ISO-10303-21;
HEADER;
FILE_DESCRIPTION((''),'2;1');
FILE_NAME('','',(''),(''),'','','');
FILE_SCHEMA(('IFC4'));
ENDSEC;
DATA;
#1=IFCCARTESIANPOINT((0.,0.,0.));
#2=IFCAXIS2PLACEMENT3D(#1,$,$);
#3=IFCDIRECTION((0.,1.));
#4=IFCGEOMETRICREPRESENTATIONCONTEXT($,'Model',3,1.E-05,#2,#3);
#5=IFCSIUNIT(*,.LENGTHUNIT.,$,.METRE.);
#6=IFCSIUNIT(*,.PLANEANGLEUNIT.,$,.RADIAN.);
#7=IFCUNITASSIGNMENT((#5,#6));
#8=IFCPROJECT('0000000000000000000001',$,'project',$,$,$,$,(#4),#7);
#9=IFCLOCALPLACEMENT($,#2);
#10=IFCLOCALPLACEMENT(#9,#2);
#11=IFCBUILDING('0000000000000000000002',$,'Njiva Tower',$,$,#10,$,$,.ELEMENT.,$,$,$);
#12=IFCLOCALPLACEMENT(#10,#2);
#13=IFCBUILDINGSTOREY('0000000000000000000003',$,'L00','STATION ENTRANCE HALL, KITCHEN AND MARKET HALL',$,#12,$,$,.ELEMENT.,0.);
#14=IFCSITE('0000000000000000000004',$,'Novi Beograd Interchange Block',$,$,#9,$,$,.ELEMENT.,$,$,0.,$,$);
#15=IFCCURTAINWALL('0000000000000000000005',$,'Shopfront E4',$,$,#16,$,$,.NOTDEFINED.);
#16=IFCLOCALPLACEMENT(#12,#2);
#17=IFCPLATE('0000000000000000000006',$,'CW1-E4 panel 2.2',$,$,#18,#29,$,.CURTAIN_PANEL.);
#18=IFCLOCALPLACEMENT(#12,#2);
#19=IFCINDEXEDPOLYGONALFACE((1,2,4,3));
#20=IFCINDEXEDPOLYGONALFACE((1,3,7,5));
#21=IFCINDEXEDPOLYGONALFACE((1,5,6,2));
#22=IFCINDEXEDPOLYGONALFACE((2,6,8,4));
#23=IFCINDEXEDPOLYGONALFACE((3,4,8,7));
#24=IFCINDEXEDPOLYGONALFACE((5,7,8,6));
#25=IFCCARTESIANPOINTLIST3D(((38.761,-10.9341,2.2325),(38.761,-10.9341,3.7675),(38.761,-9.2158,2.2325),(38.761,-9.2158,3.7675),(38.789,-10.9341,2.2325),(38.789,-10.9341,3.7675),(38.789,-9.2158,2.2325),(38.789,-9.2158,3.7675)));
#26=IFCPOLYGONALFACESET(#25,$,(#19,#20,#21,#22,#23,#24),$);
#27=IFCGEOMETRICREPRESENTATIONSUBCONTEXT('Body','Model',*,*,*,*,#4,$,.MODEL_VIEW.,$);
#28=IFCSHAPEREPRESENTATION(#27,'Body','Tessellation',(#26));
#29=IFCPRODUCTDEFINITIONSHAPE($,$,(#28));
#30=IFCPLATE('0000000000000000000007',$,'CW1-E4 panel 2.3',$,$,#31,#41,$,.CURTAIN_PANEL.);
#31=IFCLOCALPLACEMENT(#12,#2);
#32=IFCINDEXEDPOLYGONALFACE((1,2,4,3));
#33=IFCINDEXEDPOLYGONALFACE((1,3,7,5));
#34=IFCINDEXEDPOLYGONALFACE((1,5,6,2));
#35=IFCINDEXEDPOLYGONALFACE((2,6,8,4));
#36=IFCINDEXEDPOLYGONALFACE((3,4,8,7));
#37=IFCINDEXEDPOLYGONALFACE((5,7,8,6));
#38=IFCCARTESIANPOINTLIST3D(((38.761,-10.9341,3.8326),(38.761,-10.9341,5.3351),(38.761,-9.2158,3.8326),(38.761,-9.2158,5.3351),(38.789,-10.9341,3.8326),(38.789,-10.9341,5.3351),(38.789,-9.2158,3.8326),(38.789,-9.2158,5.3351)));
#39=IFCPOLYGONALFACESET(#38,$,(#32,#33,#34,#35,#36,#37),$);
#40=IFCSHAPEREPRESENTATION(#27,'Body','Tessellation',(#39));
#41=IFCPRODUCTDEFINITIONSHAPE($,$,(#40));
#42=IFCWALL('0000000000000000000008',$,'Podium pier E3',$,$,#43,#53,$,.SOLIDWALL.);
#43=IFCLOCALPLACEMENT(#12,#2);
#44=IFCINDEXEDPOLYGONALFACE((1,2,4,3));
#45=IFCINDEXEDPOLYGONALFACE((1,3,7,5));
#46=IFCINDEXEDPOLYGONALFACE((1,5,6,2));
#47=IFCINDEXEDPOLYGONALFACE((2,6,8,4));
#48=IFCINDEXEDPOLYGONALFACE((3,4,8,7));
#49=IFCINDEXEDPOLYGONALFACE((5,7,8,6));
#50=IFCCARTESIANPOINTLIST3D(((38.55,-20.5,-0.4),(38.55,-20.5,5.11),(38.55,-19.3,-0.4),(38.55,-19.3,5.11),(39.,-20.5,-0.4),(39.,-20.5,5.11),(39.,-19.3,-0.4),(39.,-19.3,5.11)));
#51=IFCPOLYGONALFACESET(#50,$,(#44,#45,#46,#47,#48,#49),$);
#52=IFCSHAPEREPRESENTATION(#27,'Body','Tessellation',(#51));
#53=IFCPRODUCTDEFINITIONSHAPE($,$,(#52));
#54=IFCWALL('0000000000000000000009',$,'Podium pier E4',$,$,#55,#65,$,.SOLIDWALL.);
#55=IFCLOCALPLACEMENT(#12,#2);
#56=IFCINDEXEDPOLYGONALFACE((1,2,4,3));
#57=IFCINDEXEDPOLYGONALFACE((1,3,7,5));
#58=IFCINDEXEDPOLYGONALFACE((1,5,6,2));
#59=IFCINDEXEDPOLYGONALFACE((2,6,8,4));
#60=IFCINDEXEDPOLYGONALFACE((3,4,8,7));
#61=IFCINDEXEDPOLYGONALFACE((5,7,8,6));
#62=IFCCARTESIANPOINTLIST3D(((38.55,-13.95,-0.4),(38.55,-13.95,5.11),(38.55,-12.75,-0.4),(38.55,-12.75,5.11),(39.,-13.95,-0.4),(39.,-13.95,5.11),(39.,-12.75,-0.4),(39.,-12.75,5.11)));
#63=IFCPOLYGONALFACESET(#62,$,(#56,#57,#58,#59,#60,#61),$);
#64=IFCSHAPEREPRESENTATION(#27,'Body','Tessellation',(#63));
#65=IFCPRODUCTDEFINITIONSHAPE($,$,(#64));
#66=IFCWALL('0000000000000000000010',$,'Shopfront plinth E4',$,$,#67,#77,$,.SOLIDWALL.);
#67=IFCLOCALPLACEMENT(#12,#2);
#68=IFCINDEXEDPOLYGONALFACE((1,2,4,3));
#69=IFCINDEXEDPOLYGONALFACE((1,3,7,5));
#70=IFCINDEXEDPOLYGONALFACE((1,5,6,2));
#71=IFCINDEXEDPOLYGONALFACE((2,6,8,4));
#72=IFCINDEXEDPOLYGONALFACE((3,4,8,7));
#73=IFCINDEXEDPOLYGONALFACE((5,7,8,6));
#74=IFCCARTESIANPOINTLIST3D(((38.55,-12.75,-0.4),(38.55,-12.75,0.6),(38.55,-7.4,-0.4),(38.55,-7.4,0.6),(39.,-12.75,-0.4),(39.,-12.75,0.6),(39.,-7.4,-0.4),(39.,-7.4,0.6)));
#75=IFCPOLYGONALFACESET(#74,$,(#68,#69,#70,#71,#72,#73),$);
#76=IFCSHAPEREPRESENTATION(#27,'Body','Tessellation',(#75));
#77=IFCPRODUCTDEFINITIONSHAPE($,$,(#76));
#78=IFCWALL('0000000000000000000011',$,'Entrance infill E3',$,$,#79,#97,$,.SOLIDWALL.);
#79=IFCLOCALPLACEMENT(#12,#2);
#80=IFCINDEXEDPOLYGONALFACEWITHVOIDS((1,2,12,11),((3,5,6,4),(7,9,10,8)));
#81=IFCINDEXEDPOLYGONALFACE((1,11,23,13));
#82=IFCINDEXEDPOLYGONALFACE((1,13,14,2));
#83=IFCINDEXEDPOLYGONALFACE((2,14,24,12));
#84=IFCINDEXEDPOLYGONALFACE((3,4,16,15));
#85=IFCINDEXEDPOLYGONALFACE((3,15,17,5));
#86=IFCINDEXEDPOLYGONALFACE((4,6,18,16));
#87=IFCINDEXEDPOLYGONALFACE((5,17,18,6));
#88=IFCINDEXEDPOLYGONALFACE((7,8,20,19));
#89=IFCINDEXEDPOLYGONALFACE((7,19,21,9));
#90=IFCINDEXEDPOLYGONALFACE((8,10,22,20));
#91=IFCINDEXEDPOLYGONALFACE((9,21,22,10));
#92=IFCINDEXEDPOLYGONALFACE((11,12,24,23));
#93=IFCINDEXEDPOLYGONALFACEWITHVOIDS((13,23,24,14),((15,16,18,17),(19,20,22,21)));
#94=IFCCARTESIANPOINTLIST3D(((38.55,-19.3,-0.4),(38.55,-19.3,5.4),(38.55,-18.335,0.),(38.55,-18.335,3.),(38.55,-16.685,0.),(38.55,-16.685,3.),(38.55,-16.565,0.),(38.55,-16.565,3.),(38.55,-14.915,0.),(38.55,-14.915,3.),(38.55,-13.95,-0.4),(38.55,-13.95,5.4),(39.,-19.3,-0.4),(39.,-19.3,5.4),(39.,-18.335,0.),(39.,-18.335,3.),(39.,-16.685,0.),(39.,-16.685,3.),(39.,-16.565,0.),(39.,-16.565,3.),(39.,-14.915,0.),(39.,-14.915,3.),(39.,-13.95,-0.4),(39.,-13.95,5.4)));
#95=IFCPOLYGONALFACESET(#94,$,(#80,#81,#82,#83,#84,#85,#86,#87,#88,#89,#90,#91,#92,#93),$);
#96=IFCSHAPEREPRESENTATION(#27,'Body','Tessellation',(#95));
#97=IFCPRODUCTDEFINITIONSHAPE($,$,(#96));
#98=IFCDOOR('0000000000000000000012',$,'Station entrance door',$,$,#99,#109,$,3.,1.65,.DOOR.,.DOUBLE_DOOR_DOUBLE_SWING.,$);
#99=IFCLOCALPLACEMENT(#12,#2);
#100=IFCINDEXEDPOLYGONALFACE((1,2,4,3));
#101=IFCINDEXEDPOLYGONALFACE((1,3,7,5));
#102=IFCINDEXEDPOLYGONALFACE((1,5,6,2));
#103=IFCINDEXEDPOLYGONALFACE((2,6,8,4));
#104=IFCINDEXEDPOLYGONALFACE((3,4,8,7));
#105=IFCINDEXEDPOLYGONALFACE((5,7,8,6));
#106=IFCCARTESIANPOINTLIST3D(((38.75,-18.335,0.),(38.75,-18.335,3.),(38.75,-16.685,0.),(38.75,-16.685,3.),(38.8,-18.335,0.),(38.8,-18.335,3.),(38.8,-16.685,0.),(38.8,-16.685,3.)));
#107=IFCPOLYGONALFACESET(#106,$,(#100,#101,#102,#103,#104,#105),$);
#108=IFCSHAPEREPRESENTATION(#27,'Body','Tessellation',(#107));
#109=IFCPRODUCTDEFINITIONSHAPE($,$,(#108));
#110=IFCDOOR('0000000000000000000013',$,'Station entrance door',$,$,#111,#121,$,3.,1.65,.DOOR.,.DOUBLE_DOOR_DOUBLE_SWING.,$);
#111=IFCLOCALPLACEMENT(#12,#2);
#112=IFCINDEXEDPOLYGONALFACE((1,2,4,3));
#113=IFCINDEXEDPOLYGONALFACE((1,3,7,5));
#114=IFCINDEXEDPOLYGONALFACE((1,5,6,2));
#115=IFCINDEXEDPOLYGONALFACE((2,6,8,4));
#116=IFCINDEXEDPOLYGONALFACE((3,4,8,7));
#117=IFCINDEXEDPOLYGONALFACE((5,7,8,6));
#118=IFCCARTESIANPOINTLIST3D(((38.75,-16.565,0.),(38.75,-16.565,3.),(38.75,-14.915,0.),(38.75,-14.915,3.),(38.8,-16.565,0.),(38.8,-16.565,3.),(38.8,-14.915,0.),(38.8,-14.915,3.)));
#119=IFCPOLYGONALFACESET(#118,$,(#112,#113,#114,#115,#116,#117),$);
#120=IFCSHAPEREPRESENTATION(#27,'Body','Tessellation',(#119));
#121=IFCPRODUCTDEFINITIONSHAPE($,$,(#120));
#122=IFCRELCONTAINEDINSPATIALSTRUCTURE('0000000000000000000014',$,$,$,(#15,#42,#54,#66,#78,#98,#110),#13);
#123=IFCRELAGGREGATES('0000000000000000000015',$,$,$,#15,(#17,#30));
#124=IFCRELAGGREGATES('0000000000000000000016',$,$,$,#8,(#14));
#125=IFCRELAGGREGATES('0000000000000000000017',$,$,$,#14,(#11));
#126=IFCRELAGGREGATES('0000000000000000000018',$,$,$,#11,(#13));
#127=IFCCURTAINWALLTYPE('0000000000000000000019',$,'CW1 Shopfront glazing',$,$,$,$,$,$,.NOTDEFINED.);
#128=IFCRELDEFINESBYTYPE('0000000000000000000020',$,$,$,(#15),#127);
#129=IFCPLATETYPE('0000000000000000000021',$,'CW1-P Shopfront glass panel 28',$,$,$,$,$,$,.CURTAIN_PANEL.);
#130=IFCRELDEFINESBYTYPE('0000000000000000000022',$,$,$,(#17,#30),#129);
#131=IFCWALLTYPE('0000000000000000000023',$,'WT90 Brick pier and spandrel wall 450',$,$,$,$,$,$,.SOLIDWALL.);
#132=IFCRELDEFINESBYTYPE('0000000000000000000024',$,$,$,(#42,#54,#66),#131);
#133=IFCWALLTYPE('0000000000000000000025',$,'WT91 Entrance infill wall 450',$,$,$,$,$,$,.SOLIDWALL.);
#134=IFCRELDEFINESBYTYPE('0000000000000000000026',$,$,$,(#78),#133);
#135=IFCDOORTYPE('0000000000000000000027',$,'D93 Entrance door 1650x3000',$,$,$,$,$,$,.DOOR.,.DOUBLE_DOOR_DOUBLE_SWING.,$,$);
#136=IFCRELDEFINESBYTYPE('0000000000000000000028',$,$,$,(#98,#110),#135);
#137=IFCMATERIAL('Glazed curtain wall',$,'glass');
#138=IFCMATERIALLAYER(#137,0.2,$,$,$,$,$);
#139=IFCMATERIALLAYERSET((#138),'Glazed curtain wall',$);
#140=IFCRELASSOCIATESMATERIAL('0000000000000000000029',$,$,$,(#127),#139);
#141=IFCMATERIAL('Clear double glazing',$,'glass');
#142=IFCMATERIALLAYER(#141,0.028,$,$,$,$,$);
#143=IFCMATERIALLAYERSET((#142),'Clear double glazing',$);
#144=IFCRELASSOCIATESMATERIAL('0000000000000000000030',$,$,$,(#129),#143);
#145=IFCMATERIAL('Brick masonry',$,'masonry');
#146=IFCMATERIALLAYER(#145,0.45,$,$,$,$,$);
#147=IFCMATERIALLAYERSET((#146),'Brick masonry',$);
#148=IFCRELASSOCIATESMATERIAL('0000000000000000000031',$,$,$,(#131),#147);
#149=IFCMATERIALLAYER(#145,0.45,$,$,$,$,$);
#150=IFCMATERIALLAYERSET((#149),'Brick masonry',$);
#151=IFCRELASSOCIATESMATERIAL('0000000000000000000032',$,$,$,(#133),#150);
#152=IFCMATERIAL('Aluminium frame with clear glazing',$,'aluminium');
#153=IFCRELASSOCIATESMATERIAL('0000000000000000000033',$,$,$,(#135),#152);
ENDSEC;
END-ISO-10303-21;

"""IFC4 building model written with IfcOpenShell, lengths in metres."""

from ifc_helpers import new_model, si_unit, direction, frame, frame_2d, origin, origin_2d, place, context, subcontext, project, spatial, polyline, rectangle, outline, extrude, material, layer, layer_set, type_object, element, fill, aggregate, save


model = new_model("IFC4")

# Units and contexts
model_context = context("Model", 3, precision=1e-05, world=origin(), true_north=direction((0.0, 1.0)))
body_context = subcontext(model_context, "Body", "Model", "MODEL_VIEW")
ifc_project = project(units=[si_unit("LENGTHUNIT", "METRE"), si_unit("PLANEANGLEUNIT", "RADIAN")], contexts=[model_context])

# Site, building, storey
site_placement = place(None, origin())
site = spatial("IfcSite", under=ifc_project, at=site_placement, Name="Novi Beograd Interchange Block", CompositionType="ELEMENT", RefElevation=0.0)
building_placement = place(site_placement, origin())
building = spatial("IfcBuilding", under=site, at=building_placement, Name="Njiva Tower", CompositionType="ELEMENT")
storey_placement = place(building_placement, origin())
storey = spatial("IfcBuildingStorey", under=building, at=storey_placement, Name="L00", Description="STATION ENTRANCE HALL, KITCHEN AND MARKET HALL", CompositionType="ELEMENT", Elevation=0.0)

# Shared definitions
ifc_material_1 = material(Name="Glazed curtain wall", Category="glass")
ifc_layer_1 = layer(ifc_material_1, 0.2)
ifc_layer_set_1 = layer_set([ifc_layer_1], Name="Glazed curtain wall")
curtain_wall_type = type_object("IfcCurtainWallType", Name="CW1 Shopfront glazing", PredefinedType="NOTDEFINED", material=ifc_layer_set_1)

# Curtain wall, plates
curtain_wall_1_placement = place(storey_placement, origin())
curtain_wall_1 = element("IfcCurtainWall", 1, at=curtain_wall_1_placement, inside=storey, type_object=curtain_wall_type, Name="Shopfront E4", PredefinedType="NOTDEFINED")
ifc_material_2 = material(Name="Clear double glazing", Category="glass")
ifc_layer_2 = layer(ifc_material_2, 0.028)
ifc_layer_set_2 = layer_set([ifc_layer_2], Name="Clear double glazing")
plate_type = type_object("IfcPlateType", Name="CW1-P Shopfront glass panel 28", PredefinedType="CURTAIN_PANEL", material=ifc_layer_set_2)
plate_1_placement = place(storey_placement, frame((38.775, -10.075, 2.2325), z_axis=(0.0, 0.0, 1.0), x_axis=(0.0, 1.0, 0.0)))
plate_1 = element("IfcPlate", 2, at=plate_1_placement, type_object=plate_type, Name="CW1-E4 panel 2.2", PredefinedType="CURTAIN_PANEL", context=body_context, shape_type="SweptSolid", body=[
    extrude(rectangle(XDim=1.7183, YDim=0.028, at=origin_2d()), origin(), (0.0, 0.0, 1.0), 1.535),
])
plate_2_placement = place(storey_placement, frame((38.775, -10.075, 3.8326), z_axis=(0.0, 0.0, 1.0), x_axis=(0.0, 1.0, 0.0)))
plate_2 = element("IfcPlate", 3, at=plate_2_placement, type_object=plate_type, Name="CW1-E4 panel 2.3", PredefinedType="CURTAIN_PANEL", context=body_context, shape_type="SweptSolid", body=[
    extrude(rectangle(XDim=1.7183, YDim=0.028, at=origin_2d()), origin(), (0.0, 0.0, 1.0), 1.5025),
])
aggregate(curtain_wall_1, [plate_1, plate_2])

# Walls
ifc_material_3 = material(Name="Brick masonry", Category="masonry")
ifc_layer_3 = layer(ifc_material_3, 0.45)
ifc_layer_set_3 = layer_set([ifc_layer_3], Name="Brick masonry")
wall_type_1 = type_object("IfcWallType", Name="WT90 Brick pier and spandrel wall 450", PredefinedType="SOLIDWALL", material=ifc_layer_set_3)
for number, where, z_axis, x_axis, name in (
    (4, (38.775, -20.5, -0.4), (0.0, 0.0, 1.0), (0.0, 1.0, 0.0), "Podium pier E3"),
    (5, (38.775, -13.95, -0.4), (0.0, 0.0, 1.0), (0.0, 1.0, 0.0), "Podium pier E4"),
):
    element("IfcWall", number, at=place(storey_placement, frame(where, z_axis=z_axis, x_axis=x_axis)), inside=storey, type_object=wall_type_1, Name=name, PredefinedType="SOLIDWALL", context=body_context, shape_type="SweptSolid", body=[
        extrude(outline(polyline([(0.0, -0.225), (1.2, -0.225), (1.2, 0.225), (0.0, 0.225), (0.0, -0.225)])), origin(), (0.0, 0.0, 1.0), 5.51),
    ])
wall_1_placement = place(storey_placement, frame((38.775, -12.75, -0.4), z_axis=(0.0, 0.0, 1.0), x_axis=(0.0, 1.0, 0.0)))
element("IfcWall", 6, at=wall_1_placement, inside=storey, type_object=wall_type_1, Name="Shopfront plinth E4", PredefinedType="SOLIDWALL", context=body_context, shape_type="SweptSolid", body=[
    extrude(outline(polyline([(0.0, -0.225), (5.35, -0.225), (5.35, 0.225), (0.0, 0.225), (0.0, -0.225)])), origin(), (0.0, 0.0, 1.0), 1.0),
])

# Wall, openings, doors
ifc_layer_4 = layer(ifc_material_3, 0.45)
ifc_layer_set_4 = layer_set([ifc_layer_4], Name="Brick masonry")
wall_type_2 = type_object("IfcWallType", Name="WT91 Entrance infill wall 450", PredefinedType="SOLIDWALL", material=ifc_layer_set_4)
wall_2_placement = place(storey_placement, frame((38.775, -19.3, -0.4), z_axis=(0.0, 0.0, 1.0), x_axis=(0.0, 1.0, 0.0)))
wall_2 = element("IfcWall", 7, at=wall_2_placement, inside=storey, type_object=wall_type_2, Name="Entrance infill E3", PredefinedType="SOLIDWALL", context=body_context, shape_type="SweptSolid", body=[
    extrude(outline(polyline([(0.0, -0.225), (5.35, -0.225), (5.35, 0.225), (0.0, 0.225), (0.0, -0.225)])), origin(), (0.0, 0.0, 1.0), 5.8),
])
opening_1_placement = place(wall_2_placement, frame((0.965, 0.0, 0.4)))
opening_1 = element("IfcOpeningElement", 8, at=opening_1_placement, cuts=wall_2, PredefinedType="OPENING", context=body_context, shape_type="SweptSolid", body=[
    extrude(rectangle(XDim=1.65, YDim=3.0, at=frame_2d((0.825, 1.5))), frame((0.0, 0.235, 0.0), z_axis=(0.0, -1.0, 0.0), x_axis=(1.0, 0.0, 0.0)), (0.0, 0.0, 1.0), 0.47),
])
opening_2_placement = place(wall_2_placement, frame((2.735, 0.0, 0.4)))
opening_2 = element("IfcOpeningElement", 9, at=opening_2_placement, cuts=wall_2, PredefinedType="OPENING", context=body_context, shape_type="SweptSolid", body=[
    extrude(rectangle(XDim=1.65, YDim=3.0, at=frame_2d((0.825, 1.5))), frame((0.0, 0.235, 0.0), z_axis=(0.0, -1.0, 0.0), x_axis=(1.0, 0.0, 0.0)), (0.0, 0.0, 1.0), 0.47),
])
ifc_material_4 = material(Name="Aluminium frame with clear glazing", Category="aluminium")
door_type = type_object("IfcDoorType", Name="D93 Entrance door 1650x3000", OperationType="DOUBLE_DOOR_DOUBLE_SWING", PredefinedType="DOOR", material=ifc_material_4)
door_1_placement = place(opening_1_placement, frame((1.65, 0.0, 0.0), z_axis=(0.0, 0.0, 1.0), x_axis=(-1.0, 0.0, 0.0)))
door_1 = element("IfcDoor", 10, at=door_1_placement, inside=storey, type_object=door_type, Name="Station entrance door", OperationType="DOUBLE_DOOR_DOUBLE_SWING", OverallHeight=3.0, OverallWidth=1.65, PredefinedType="DOOR", context=body_context, shape_type="SweptSolid", body=[
    extrude(rectangle(XDim=1.65, YDim=3.0, at=frame_2d((0.825, 1.5))), frame((0.0, 0.025, 0.0), z_axis=(0.0, -1.0, 0.0), x_axis=(1.0, 0.0, 0.0)), (0.0, 0.0, 1.0), 0.05),
])
fill(opening_1, door_1)
door_2_placement = place(opening_2_placement, frame((1.65, 0.0, 0.0), z_axis=(0.0, 0.0, 1.0), x_axis=(-1.0, 0.0, 0.0)))
door_2 = element("IfcDoor", 11, at=door_2_placement, inside=storey, type_object=door_type, Name="Station entrance door", OperationType="DOUBLE_DOOR_DOUBLE_SWING", OverallHeight=3.0, OverallWidth=1.65, PredefinedType="DOOR", context=body_context, shape_type="SweptSolid", body=[
    extrude(rectangle(XDim=1.65, YDim=3.0, at=frame_2d((0.825, 1.5))), frame((0.0, 0.025, 0.0), z_axis=(0.0, -1.0, 0.0), x_axis=(1.0, 0.0, 0.0)), (0.0, 0.0, 1.0), 0.05),
])
fill(opening_2, door_2)

save(model, "model.ifc")
